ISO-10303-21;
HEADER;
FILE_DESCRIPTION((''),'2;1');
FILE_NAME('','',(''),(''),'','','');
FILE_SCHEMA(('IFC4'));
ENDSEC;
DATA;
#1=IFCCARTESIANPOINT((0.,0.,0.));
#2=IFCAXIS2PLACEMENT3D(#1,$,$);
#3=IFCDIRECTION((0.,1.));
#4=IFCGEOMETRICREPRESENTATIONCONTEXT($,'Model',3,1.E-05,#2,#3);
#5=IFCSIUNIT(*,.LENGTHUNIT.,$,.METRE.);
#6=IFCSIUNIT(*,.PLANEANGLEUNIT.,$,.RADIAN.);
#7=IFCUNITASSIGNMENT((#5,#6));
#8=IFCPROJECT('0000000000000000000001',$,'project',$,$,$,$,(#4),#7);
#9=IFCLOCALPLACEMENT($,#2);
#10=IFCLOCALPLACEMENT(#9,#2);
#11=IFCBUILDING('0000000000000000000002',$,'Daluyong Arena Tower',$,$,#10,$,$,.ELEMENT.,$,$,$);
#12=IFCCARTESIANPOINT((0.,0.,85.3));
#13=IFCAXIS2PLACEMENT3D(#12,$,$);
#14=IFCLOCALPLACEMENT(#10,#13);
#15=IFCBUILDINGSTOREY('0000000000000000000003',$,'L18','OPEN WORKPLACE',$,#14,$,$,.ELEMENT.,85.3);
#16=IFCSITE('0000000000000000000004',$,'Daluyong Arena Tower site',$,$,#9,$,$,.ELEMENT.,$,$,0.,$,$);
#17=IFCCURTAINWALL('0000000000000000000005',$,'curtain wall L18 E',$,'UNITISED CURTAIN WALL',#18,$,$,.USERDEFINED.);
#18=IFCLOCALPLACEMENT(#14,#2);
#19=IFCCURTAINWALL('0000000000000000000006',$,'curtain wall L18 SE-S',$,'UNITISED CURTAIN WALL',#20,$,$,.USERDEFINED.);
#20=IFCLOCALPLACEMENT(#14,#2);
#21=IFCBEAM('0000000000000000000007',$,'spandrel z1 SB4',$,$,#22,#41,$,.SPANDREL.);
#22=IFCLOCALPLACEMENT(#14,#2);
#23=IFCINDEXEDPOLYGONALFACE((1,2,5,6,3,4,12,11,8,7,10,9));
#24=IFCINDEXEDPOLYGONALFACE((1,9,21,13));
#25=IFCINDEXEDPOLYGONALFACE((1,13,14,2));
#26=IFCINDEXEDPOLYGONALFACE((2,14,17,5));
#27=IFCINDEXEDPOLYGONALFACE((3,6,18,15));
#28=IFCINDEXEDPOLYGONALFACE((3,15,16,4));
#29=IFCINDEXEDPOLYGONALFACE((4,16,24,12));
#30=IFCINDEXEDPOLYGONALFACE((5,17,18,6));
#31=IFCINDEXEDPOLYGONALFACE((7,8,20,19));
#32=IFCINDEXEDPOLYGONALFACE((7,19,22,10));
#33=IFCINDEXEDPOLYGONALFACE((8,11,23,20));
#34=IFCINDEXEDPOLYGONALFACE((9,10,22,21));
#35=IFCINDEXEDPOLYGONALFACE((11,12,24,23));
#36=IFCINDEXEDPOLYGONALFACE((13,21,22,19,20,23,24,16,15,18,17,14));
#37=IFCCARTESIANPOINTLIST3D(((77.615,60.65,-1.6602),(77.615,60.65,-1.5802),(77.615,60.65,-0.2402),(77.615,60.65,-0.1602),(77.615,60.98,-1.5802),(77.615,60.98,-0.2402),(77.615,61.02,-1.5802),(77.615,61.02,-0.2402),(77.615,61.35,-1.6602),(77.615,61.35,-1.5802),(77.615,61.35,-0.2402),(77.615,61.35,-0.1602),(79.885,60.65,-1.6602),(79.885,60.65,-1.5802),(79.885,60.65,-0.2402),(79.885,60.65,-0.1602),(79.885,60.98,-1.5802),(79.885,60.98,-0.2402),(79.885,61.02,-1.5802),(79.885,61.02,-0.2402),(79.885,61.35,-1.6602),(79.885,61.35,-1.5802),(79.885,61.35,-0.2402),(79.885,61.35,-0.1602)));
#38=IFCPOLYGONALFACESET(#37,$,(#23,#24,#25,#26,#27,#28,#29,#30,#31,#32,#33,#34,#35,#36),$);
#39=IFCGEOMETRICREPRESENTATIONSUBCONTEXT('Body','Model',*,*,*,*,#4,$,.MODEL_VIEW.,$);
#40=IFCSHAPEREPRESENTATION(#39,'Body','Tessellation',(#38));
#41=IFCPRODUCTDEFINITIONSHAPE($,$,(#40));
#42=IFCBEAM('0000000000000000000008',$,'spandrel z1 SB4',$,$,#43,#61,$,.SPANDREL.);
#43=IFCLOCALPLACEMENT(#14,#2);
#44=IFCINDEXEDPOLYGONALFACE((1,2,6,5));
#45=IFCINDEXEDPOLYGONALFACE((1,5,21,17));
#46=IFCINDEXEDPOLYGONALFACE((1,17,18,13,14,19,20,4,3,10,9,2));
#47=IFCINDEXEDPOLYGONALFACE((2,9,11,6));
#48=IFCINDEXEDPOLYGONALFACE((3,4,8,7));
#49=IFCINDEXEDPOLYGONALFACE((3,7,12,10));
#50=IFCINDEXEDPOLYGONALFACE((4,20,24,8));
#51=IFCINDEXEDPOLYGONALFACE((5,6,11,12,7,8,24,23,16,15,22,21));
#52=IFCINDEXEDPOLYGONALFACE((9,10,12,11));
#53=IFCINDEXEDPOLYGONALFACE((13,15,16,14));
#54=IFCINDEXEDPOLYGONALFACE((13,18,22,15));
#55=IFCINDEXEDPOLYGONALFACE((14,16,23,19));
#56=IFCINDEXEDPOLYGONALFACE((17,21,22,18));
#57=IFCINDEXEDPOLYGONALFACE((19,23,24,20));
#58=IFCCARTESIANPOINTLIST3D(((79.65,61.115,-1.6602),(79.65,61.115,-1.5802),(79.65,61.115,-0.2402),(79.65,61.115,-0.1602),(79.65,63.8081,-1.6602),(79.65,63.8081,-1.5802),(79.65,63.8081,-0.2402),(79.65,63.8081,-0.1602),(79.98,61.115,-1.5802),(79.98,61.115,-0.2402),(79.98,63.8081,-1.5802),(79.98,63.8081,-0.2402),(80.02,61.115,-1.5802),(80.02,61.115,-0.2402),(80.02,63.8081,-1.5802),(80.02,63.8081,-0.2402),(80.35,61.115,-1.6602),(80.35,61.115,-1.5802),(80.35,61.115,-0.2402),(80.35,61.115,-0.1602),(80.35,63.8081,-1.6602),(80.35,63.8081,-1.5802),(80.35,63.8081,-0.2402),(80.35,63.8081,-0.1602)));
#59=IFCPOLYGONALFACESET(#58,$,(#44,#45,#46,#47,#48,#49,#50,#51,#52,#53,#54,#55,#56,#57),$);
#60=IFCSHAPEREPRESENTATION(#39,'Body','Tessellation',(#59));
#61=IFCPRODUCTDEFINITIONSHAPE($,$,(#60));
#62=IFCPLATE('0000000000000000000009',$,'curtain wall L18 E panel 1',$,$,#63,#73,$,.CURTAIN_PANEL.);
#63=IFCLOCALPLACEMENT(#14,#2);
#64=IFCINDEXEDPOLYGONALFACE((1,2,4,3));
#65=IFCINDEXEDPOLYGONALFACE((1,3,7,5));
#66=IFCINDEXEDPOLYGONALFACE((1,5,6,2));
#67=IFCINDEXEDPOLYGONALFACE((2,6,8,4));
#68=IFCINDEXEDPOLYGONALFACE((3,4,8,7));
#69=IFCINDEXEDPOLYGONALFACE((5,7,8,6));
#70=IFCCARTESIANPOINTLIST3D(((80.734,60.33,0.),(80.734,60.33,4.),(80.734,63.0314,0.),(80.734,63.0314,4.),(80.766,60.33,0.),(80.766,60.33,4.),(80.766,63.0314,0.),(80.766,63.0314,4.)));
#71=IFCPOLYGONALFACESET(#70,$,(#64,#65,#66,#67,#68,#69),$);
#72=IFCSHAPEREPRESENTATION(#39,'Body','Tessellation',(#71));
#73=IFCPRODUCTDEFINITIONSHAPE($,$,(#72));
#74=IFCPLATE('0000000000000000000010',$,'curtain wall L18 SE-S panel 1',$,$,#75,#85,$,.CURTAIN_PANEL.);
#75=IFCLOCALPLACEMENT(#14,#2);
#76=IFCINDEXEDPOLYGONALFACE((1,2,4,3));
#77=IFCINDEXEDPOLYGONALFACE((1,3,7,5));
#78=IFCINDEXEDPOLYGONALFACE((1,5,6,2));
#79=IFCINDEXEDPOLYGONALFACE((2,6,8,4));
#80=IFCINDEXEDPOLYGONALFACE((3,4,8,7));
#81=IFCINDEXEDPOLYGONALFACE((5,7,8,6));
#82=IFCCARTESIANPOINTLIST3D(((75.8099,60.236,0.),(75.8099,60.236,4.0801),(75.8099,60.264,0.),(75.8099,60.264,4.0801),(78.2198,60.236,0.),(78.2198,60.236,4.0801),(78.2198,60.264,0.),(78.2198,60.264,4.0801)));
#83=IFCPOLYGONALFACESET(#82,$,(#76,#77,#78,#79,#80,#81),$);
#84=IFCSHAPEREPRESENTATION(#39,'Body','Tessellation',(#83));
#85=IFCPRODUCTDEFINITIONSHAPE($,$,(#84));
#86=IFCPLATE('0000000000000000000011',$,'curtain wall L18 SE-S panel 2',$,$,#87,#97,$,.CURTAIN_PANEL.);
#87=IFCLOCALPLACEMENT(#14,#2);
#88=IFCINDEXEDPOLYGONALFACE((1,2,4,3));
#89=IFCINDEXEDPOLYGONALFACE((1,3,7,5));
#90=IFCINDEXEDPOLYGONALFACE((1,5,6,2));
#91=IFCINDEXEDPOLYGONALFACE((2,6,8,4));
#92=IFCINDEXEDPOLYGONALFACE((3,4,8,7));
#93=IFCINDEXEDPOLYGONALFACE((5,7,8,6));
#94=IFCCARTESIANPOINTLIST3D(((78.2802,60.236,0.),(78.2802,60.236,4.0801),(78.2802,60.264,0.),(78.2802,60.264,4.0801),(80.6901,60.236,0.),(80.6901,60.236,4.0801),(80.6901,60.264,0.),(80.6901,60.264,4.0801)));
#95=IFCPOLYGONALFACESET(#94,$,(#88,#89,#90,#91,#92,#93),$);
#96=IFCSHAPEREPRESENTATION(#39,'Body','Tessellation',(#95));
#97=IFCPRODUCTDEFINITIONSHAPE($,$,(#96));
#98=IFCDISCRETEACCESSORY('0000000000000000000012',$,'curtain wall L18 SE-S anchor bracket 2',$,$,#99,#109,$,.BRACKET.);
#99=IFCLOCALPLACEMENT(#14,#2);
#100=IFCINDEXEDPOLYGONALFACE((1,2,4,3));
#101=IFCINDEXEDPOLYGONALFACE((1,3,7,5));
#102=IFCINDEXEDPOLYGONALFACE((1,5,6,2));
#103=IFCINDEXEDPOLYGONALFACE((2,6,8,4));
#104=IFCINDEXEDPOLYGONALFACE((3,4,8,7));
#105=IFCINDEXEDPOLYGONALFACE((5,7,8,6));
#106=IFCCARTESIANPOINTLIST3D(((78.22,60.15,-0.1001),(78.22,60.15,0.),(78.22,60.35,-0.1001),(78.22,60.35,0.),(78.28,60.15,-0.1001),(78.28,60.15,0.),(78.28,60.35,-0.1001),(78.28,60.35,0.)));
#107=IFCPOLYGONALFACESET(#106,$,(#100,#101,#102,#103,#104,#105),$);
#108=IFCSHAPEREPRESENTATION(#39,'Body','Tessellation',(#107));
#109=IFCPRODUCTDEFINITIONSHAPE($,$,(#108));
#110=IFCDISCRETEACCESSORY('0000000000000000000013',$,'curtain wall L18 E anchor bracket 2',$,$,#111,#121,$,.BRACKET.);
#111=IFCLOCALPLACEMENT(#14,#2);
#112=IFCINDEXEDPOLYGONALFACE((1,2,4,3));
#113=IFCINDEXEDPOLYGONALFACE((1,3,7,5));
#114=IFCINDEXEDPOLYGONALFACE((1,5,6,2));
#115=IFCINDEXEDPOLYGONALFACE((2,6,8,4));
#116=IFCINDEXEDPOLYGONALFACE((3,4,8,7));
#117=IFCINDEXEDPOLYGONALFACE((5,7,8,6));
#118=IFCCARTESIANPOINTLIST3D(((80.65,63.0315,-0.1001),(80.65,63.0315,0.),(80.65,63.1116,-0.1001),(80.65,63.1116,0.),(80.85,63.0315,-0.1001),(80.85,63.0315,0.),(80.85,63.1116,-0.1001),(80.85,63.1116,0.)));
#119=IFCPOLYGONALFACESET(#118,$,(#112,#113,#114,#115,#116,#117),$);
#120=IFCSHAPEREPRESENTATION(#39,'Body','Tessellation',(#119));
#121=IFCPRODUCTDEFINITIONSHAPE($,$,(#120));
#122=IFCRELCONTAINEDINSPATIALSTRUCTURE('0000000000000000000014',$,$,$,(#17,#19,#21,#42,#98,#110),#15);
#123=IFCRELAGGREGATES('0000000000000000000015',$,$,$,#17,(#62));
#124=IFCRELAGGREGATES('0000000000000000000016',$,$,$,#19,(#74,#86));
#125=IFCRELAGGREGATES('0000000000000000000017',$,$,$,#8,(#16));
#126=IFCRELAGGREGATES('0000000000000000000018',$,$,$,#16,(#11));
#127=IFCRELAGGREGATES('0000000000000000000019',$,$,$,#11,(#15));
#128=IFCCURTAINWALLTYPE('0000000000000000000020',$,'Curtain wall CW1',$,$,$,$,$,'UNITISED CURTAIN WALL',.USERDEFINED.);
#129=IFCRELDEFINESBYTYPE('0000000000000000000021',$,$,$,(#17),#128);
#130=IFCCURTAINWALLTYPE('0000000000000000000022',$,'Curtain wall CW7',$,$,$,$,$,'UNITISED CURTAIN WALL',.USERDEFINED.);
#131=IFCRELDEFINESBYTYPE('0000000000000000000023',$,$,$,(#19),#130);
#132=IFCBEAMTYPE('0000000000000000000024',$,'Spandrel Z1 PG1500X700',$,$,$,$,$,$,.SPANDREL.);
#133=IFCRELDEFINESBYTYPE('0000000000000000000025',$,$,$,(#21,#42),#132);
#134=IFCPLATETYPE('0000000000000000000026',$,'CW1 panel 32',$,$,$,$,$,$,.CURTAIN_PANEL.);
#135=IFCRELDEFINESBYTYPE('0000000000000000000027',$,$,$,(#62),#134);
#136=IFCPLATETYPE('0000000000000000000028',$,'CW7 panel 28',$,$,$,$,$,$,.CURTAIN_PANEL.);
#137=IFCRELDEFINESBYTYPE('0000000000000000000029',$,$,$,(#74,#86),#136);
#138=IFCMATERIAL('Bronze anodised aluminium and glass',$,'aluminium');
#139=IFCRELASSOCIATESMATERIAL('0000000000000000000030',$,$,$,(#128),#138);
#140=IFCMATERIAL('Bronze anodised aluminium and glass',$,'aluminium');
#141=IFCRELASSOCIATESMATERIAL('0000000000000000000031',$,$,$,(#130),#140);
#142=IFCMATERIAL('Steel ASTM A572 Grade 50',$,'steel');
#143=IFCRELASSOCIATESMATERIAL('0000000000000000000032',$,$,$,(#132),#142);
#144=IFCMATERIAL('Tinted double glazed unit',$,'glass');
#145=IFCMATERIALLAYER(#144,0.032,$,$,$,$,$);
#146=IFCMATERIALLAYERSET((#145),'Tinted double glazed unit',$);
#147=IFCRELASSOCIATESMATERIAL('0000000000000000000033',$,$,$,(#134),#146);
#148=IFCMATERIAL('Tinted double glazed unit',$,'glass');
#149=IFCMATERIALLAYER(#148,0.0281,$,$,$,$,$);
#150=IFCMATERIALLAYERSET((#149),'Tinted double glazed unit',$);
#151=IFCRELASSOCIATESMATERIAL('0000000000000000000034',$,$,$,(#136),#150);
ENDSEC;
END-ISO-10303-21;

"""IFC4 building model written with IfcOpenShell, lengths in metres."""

from ifc_helpers import new_model, si_unit, direction, frame, origin, origin_2d, place, context, subcontext, project, spatial, rectangle, i_section, extrude, material, layer, layer_set, material_profile, profile_set, type_object, element, aggregate, save


model = new_model("IFC4")

# Units and contexts
model_context = context("Model", 3, precision=1e-05, world=origin(), true_north=direction((0.0, 1.0)))
body_context = subcontext(model_context, "Body", "Model", "MODEL_VIEW")
ifc_project = project(units=[si_unit("LENGTHUNIT", "METRE"), si_unit("PLANEANGLEUNIT", "RADIAN")], contexts=[model_context])

# Site, building, storey
site_placement = place(None, origin())
site = spatial("IfcSite", under=ifc_project, at=site_placement, Name="Daluyong Arena Tower site", CompositionType="ELEMENT", RefElevation=0.0)
building_placement = place(site_placement, origin())
building = spatial("IfcBuilding", under=site, at=building_placement, Name="Daluyong Arena Tower", CompositionType="ELEMENT")
storey_placement = place(building_placement, frame((0.0, 0.0, 85.3)))
storey = spatial("IfcBuildingStorey", under=building, at=storey_placement, Name="L18", Description="OPEN WORKPLACE", CompositionType="ELEMENT", Elevation=85.3)

# Curtain walls
ifc_material_1 = material(Name="Bronze anodised aluminium and glass", Category="aluminium")
curtain_wall_type_1 = type_object("IfcCurtainWallType", Name="Curtain wall CW1", ElementType="UNITISED CURTAIN WALL", PredefinedType="USERDEFINED", material=ifc_material_1)
curtain_wall_1_placement = place(storey_placement, origin())
curtain_wall_1 = element("IfcCurtainWall", 1, at=curtain_wall_1_placement, inside=storey, type_object=curtain_wall_type_1, Name="curtain wall L18 E", ObjectType="UNITISED CURTAIN WALL", PredefinedType="USERDEFINED")
ifc_material_2 = material(Name="Bronze anodised aluminium and glass", Category="aluminium")
curtain_wall_type_2 = type_object("IfcCurtainWallType", Name="Curtain wall CW7", ElementType="UNITISED CURTAIN WALL", PredefinedType="USERDEFINED", material=ifc_material_2)
curtain_wall_2_placement = place(storey_placement, origin())
curtain_wall_2 = element("IfcCurtainWall", 2, at=curtain_wall_2_placement, inside=storey, type_object=curtain_wall_type_2, Name="curtain wall L18 SE-S", ObjectType="UNITISED CURTAIN WALL", PredefinedType="USERDEFINED")

# Beams
ifc_material_3 = material(Name="Steel ASTM A572 Grade 50", Category="steel")
ifc_material_profile_1 = material_profile(ifc_material_3, i_section(OverallWidth=0.7, OverallDepth=1.5, WebThickness=0.04, FlangeThickness=0.08, at=origin_2d()))
ifc_profile_set_1 = profile_set([ifc_material_profile_1], Name="Steel ASTM A572 Grade 50")
beam_type = type_object("IfcBeamType", Name="Spandrel Z1 PG1500X700", PredefinedType="SPANDREL", material=ifc_profile_set_1)
beam_1_placement = place(storey_placement, frame((77.615, 61.0, -0.9102), z_axis=(1.0, 0.0, 0.0), x_axis=(0.0, 1.0, 0.0)))
element("IfcBeam", 3, at=beam_1_placement, inside=storey, type_object=beam_type, Name="spandrel z1 SB4", PredefinedType="SPANDREL", context=body_context, shape_type="SweptSolid", body=[
    extrude(i_section(OverallWidth=0.7, OverallDepth=1.5, WebThickness=0.04, FlangeThickness=0.08, at=origin_2d()), origin(), (0.0, 0.0, 1.0), 2.27),
])
beam_2_placement = place(storey_placement, frame((80.0, 61.115, -0.9102), z_axis=(0.0, 1.0, 0.0), x_axis=(-1.0, 0.0, 0.0)))
element("IfcBeam", 4, at=beam_2_placement, inside=storey, type_object=beam_type, Name="spandrel z1 SB4", PredefinedType="SPANDREL", context=body_context, shape_type="SweptSolid", body=[
    extrude(i_section(OverallWidth=0.7, OverallDepth=1.5, WebThickness=0.04, FlangeThickness=0.08, at=origin_2d()), origin(), (0.0, 0.0, 1.0), 2.6931),
])

# Plates
ifc_material_4 = material(Name="Tinted double glazed unit", Category="glass")
ifc_layer_1 = layer(ifc_material_4, 0.032)
ifc_layer_set_1 = layer_set([ifc_layer_1], Name="Tinted double glazed unit")
plate_type_1 = type_object("IfcPlateType", Name="CW1 panel 32", PredefinedType="CURTAIN_PANEL", material=ifc_layer_set_1)
plate_1_placement = place(storey_placement, frame((80.75, 61.6807, 0.0), z_axis=(0.0, 0.0, 1.0), x_axis=(0.0, 1.0, 0.0)))
plate_1 = element("IfcPlate", 5, at=plate_1_placement, type_object=plate_type_1, Name="curtain wall L18 E panel 1", PredefinedType="CURTAIN_PANEL", context=body_context, shape_type="SweptSolid", body=[
    extrude(rectangle(XDim=2.7014, YDim=0.032, at=origin_2d()), origin(), (0.0, 0.0, 1.0), 4.0),
])
aggregate(curtain_wall_1, [plate_1])
ifc_material_5 = material(Name="Tinted double glazed unit", Category="glass")
ifc_layer_2 = layer(ifc_material_5, 0.0281)
ifc_layer_set_2 = layer_set([ifc_layer_2], Name="Tinted double glazed unit")
plate_type_2 = type_object("IfcPlateType", Name="CW7 panel 28", PredefinedType="CURTAIN_PANEL", material=ifc_layer_set_2)
plate_2_placement = place(storey_placement, frame((77.0149, 60.25, 0.0), z_axis=(0.0, 0.0, 1.0), x_axis=(1.0, 0.0, 0.0)))
plate_2 = element("IfcPlate", 6, at=plate_2_placement, type_object=plate_type_2, Name="curtain wall L18 SE-S panel 1", PredefinedType="CURTAIN_PANEL", context=body_context, shape_type="SweptSolid", body=[
    extrude(rectangle(XDim=2.4099, YDim=0.0281, at=origin_2d()), origin(), (0.0, 0.0, 1.0), 4.0801),
])
plate_3_placement = place(storey_placement, frame((79.4851, 60.25, 0.0), z_axis=(0.0, 0.0, 1.0), x_axis=(1.0, 0.0, 0.0)))
plate_3 = element("IfcPlate", 7, at=plate_3_placement, type_object=plate_type_2, Name="curtain wall L18 SE-S panel 2", PredefinedType="CURTAIN_PANEL", context=body_context, shape_type="SweptSolid", body=[
    extrude(rectangle(XDim=2.4099, YDim=0.0281, at=origin_2d()), origin(), (0.0, 0.0, 1.0), 4.0801),
])
aggregate(curtain_wall_2, [plate_2, plate_3])

# Discrete accessories
discrete_accessory_1_placement = place(storey_placement, frame((78.25, 60.25, -0.1001), z_axis=(0.0, 0.0, 1.0), x_axis=(1.0, 0.0, 0.0)))
element("IfcDiscreteAccessory", 8, at=discrete_accessory_1_placement, inside=storey, Name="curtain wall L18 SE-S anchor bracket 2", PredefinedType="BRACKET", context=body_context, shape_type="SweptSolid", body=[
    extrude(rectangle(XDim=0.0601, YDim=0.2, at=origin_2d()), origin(), (0.0, 0.0, 1.0), 0.1001),
])
discrete_accessory_2_placement = place(storey_placement, frame((80.75, 63.0715, -0.1001), z_axis=(0.0, 0.0, 1.0), x_axis=(0.0, 1.0, 0.0)))
element("IfcDiscreteAccessory", 9, at=discrete_accessory_2_placement, inside=storey, Name="curtain wall L18 E anchor bracket 2", PredefinedType="BRACKET", context=body_context, shape_type="SweptSolid", body=[
    extrude(rectangle(XDim=0.0801, YDim=0.2, at=origin_2d()), origin(), (0.0, 0.0, 1.0), 0.1001),
])

save(model, "model.ifc")
